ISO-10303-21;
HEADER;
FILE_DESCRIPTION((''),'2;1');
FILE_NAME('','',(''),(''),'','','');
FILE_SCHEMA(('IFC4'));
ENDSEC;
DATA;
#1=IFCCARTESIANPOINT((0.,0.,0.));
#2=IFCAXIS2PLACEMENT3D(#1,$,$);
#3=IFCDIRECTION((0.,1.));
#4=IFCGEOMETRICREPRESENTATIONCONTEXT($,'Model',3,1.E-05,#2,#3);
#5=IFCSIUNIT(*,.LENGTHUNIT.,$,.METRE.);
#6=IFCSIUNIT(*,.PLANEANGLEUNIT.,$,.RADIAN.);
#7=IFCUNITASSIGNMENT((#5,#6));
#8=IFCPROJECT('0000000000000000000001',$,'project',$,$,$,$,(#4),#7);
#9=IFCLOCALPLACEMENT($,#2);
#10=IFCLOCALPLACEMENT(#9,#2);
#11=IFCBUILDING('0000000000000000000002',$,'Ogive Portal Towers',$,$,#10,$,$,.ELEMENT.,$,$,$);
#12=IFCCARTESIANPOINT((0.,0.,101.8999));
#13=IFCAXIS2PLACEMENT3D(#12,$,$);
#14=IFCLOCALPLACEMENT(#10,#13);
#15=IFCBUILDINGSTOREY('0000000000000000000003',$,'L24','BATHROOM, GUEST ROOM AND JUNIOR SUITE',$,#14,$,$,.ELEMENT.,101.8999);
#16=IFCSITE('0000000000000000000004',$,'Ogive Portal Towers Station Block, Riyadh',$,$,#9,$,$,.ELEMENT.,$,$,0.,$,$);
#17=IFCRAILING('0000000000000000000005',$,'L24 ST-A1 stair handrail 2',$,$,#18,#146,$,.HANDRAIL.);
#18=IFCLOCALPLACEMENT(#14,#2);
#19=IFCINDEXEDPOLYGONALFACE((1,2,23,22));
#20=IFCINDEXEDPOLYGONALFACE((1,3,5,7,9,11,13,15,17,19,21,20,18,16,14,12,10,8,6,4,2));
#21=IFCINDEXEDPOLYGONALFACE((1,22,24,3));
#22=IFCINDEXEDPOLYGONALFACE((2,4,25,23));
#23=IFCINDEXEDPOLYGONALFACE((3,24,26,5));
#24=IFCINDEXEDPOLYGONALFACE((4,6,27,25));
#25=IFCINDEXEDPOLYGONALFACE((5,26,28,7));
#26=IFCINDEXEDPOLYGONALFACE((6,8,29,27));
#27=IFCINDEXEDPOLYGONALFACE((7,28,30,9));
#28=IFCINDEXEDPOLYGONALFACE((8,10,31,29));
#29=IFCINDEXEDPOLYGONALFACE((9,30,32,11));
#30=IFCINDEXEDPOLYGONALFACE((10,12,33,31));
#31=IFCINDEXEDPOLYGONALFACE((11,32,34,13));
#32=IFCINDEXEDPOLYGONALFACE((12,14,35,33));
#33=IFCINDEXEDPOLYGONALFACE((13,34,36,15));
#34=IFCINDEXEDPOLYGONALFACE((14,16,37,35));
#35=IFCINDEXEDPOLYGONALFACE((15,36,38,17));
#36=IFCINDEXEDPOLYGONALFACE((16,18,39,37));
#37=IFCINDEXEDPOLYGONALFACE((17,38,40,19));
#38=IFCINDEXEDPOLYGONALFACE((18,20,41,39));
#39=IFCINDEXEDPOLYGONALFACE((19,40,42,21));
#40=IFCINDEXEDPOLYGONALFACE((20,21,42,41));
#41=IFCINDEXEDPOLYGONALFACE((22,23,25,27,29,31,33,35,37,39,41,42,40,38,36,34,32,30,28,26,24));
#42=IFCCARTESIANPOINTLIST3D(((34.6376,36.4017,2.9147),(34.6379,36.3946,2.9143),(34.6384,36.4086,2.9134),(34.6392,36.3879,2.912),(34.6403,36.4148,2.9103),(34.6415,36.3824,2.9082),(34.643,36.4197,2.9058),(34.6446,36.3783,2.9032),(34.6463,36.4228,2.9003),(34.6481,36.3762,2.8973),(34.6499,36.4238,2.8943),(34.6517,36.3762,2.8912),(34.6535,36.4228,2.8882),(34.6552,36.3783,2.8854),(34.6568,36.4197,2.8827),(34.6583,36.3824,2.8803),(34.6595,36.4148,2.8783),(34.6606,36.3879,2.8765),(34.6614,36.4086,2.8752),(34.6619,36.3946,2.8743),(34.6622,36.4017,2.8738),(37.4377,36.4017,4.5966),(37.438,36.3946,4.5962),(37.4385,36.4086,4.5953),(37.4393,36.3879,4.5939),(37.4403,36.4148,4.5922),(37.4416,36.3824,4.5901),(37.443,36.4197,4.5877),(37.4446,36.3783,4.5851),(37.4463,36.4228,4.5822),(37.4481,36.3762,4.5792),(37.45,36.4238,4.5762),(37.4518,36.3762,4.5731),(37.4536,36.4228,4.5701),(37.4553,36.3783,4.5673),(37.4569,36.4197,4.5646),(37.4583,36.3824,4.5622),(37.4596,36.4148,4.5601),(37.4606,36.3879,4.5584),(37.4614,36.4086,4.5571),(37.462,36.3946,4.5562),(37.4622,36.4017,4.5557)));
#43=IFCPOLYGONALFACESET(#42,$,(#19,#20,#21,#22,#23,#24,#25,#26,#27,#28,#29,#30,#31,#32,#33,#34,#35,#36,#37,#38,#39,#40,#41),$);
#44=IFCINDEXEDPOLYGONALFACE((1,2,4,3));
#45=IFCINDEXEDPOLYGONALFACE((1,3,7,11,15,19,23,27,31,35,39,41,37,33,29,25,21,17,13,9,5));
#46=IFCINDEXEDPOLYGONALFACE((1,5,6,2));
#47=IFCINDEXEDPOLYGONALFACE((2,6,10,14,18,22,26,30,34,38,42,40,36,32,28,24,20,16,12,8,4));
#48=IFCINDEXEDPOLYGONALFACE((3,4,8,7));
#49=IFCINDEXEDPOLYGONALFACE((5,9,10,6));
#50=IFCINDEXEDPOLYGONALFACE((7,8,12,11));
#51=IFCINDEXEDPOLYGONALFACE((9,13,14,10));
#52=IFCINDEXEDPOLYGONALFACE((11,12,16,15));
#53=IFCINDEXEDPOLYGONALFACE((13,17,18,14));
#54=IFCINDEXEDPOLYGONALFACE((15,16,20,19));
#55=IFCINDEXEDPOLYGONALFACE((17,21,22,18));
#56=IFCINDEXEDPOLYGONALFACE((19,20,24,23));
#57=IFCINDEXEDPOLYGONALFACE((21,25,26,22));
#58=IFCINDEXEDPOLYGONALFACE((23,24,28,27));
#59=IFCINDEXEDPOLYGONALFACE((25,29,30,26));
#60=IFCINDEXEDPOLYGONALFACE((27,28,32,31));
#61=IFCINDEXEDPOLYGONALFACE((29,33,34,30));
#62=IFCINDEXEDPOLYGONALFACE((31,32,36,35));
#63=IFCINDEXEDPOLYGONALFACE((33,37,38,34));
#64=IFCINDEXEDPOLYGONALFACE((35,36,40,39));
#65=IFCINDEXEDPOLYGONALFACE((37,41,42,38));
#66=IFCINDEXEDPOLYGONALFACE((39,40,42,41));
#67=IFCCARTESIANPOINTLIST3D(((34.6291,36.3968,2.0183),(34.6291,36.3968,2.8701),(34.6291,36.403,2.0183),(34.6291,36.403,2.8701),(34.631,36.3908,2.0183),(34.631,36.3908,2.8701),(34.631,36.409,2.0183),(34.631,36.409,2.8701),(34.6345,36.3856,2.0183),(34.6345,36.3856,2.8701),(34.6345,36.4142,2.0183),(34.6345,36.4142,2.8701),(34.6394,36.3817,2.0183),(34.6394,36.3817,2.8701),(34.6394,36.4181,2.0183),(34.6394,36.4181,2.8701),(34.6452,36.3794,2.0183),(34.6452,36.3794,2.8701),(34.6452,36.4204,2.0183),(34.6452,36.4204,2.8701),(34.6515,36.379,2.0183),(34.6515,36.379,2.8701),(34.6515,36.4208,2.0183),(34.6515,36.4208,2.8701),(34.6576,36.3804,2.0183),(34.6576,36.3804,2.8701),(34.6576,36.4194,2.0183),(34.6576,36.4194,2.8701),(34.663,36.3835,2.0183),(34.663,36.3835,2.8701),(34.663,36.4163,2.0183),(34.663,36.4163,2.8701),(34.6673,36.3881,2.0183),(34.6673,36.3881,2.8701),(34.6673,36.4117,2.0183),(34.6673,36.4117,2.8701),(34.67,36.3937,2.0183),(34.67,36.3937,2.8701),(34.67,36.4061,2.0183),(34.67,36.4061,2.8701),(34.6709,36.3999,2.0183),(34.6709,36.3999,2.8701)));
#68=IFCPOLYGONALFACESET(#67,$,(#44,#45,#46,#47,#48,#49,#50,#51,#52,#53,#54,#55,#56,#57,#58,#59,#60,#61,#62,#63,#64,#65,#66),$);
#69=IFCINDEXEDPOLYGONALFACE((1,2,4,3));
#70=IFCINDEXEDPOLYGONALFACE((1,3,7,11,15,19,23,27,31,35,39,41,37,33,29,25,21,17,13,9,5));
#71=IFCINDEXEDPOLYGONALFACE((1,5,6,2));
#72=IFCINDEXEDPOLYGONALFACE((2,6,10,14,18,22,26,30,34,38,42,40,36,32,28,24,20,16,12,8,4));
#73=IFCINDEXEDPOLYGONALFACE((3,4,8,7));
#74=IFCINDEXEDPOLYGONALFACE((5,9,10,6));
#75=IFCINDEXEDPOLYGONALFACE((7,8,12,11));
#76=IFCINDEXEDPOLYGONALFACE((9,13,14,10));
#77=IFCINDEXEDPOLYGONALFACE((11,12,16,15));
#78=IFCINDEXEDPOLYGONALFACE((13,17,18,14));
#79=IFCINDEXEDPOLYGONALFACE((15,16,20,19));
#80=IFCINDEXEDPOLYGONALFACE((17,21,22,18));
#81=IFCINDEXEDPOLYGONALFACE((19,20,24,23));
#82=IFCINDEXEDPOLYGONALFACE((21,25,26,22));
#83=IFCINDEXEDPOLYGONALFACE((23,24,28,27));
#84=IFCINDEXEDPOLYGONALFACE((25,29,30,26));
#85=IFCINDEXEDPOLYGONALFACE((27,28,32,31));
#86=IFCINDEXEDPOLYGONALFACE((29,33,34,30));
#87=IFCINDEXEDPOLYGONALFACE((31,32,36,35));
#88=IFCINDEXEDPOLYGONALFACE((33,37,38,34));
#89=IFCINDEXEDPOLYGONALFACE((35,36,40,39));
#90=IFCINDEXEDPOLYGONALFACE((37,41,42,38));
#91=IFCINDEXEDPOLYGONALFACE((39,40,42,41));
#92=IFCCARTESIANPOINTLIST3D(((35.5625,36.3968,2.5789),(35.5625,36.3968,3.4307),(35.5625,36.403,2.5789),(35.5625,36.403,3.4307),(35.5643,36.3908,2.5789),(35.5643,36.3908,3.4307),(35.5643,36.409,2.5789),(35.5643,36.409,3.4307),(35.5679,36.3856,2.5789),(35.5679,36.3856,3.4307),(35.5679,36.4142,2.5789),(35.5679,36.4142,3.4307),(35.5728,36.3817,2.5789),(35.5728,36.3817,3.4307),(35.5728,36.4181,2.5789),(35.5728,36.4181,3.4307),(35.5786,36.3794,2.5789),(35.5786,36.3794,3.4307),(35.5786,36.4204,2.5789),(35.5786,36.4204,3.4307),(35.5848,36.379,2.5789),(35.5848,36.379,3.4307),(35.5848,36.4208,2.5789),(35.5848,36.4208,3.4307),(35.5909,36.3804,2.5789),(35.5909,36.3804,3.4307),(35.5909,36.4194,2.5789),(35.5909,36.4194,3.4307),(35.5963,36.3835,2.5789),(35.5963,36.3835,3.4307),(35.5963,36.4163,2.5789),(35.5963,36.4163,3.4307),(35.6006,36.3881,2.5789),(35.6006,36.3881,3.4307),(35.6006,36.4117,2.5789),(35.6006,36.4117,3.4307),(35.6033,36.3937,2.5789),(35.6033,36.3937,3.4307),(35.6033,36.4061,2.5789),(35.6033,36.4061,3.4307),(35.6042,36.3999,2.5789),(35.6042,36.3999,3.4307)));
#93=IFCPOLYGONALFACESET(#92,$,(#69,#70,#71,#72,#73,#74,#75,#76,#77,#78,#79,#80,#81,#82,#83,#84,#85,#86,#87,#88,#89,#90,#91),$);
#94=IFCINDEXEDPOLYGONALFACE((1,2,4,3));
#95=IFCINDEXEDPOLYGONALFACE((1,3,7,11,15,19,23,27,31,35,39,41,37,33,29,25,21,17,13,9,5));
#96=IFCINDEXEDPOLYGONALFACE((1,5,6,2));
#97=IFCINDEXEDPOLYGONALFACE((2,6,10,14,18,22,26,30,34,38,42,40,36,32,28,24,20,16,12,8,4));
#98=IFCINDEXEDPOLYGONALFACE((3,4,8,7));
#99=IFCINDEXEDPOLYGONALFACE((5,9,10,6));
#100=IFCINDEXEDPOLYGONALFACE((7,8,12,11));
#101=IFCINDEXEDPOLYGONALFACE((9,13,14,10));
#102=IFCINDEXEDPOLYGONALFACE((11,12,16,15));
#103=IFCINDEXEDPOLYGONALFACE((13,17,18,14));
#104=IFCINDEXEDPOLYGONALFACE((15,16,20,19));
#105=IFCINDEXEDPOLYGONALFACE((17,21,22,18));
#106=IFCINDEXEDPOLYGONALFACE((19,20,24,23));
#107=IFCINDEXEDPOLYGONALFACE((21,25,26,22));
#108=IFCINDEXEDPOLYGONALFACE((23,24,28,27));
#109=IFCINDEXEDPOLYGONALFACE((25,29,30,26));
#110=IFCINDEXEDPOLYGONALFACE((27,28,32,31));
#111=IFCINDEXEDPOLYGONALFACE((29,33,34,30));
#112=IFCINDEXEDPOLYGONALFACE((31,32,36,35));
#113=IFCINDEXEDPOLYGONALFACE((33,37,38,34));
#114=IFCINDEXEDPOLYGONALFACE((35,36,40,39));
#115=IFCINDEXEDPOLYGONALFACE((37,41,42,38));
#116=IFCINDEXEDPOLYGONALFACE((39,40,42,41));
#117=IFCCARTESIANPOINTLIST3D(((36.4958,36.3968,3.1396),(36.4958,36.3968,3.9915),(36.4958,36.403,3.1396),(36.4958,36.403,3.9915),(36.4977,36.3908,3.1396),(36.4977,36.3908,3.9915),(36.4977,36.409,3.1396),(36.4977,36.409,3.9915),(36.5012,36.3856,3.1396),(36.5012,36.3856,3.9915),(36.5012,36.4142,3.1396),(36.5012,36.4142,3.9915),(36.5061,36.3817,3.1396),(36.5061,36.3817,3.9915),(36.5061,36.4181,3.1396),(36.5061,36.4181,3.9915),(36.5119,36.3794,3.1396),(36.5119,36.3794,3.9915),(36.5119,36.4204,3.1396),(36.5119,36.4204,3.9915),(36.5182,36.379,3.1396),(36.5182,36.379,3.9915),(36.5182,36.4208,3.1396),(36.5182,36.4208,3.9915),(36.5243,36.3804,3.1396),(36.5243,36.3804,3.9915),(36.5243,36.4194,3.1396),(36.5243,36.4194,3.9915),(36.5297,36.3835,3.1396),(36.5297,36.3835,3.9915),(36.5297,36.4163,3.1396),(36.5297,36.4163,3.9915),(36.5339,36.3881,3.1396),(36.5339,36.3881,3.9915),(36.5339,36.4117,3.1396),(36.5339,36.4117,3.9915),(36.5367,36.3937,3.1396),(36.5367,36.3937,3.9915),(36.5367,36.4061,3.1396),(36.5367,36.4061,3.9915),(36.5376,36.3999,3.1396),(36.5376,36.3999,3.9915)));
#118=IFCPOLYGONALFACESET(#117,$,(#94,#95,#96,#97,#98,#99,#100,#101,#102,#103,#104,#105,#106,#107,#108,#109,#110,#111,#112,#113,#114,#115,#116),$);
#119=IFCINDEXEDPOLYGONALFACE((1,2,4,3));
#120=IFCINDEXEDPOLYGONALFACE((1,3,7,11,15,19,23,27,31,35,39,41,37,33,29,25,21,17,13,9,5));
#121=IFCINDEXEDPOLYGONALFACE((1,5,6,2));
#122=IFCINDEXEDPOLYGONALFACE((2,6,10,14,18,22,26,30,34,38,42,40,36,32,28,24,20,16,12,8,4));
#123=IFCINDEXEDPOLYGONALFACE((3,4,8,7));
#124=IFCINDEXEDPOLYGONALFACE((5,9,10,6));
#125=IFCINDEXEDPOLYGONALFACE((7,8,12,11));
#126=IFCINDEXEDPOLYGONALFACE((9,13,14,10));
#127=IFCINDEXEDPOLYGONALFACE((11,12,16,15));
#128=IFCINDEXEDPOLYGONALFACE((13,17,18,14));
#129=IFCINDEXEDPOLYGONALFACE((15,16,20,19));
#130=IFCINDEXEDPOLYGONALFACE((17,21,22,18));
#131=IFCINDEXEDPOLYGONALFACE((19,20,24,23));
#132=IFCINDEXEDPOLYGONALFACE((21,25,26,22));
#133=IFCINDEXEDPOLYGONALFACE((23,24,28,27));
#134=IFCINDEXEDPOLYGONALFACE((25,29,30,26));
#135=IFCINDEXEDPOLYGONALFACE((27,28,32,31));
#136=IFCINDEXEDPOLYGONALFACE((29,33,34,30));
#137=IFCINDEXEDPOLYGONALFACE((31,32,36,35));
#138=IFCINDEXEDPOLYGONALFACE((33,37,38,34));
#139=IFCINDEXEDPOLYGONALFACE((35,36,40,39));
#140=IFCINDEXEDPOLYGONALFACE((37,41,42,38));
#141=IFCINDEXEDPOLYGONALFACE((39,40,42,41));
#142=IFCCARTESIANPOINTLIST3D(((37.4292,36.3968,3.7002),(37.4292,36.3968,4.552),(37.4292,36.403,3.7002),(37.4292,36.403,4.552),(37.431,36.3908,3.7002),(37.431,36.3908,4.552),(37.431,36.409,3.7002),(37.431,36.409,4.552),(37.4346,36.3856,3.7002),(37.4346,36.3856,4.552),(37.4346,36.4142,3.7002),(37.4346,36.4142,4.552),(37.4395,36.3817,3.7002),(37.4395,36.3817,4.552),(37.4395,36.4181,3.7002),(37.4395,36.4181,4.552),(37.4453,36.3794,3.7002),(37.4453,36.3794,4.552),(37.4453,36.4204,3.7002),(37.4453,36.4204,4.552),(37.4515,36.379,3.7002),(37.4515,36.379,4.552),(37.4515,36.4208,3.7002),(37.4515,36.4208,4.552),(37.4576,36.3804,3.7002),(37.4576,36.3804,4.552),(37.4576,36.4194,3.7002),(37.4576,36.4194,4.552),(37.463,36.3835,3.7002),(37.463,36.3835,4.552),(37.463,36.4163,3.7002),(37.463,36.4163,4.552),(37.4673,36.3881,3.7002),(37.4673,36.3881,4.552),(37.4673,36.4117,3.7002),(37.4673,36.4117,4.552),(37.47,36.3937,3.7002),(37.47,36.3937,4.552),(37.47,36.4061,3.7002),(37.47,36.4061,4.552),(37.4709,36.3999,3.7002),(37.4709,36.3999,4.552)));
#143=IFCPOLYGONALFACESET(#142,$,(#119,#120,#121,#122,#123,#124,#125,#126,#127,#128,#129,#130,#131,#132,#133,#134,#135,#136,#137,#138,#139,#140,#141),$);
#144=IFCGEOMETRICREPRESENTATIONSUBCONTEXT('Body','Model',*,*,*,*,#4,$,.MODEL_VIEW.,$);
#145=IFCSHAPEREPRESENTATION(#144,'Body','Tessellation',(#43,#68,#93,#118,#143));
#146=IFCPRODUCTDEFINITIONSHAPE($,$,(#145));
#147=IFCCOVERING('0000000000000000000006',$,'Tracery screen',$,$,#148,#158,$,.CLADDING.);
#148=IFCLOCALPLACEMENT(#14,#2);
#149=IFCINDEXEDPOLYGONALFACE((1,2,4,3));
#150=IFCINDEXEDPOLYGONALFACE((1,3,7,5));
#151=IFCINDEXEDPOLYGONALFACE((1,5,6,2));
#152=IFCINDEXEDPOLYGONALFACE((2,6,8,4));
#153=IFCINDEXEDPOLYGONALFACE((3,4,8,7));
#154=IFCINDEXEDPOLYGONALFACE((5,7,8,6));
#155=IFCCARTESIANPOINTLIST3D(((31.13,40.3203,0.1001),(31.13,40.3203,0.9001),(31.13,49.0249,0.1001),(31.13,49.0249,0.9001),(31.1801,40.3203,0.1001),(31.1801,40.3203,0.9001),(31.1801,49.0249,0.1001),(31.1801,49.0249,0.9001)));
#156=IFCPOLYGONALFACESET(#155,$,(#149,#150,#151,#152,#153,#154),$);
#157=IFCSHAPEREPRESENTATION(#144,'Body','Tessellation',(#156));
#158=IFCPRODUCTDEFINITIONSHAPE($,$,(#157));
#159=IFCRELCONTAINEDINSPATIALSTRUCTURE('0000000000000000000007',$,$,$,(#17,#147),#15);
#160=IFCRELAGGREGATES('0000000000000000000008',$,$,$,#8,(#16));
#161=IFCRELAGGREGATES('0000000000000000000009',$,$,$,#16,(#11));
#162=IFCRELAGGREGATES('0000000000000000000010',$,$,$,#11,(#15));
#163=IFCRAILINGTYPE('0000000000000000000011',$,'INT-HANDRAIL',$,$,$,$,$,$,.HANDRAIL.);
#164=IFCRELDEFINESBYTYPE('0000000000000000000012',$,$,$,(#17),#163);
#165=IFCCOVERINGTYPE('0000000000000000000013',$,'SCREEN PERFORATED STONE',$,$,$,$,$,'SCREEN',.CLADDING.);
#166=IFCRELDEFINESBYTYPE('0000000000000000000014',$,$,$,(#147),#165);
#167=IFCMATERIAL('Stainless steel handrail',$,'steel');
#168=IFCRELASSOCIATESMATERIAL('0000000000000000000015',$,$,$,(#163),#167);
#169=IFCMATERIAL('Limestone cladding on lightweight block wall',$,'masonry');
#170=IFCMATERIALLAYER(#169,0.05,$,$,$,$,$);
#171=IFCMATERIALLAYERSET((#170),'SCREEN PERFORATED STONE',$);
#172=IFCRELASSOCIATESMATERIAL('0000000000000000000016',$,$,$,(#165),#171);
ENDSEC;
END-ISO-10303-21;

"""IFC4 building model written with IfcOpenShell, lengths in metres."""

from ifc_helpers import new_model, si_unit, direction, frame, origin, origin_2d, place, context, subcontext, project, spatial, rectangle, circle, extrude, material, layer, layer_set, type_object, element, save


model = new_model("IFC4")

# Units and contexts
model_context = context("Model", 3, precision=1e-05, world=origin(), true_north=direction((0.0, 1.0)))
body_context = subcontext(model_context, "Body", "Model", "MODEL_VIEW")
ifc_project = project(units=[si_unit("LENGTHUNIT", "METRE"), si_unit("PLANEANGLEUNIT", "RADIAN")], contexts=[model_context])

# Site, building, storey
site_placement = place(None, origin())
site = spatial("IfcSite", under=ifc_project, at=site_placement, Name="Ogive Portal Towers Station Block, Riyadh", CompositionType="ELEMENT", RefElevation=0.0)
building_placement = place(site_placement, origin())
building = spatial("IfcBuilding", under=site, at=building_placement, Name="Ogive Portal Towers", CompositionType="ELEMENT")
storey_placement = place(building_placement, frame((0.0, 0.0, 101.8999)))
storey = spatial("IfcBuildingStorey", under=building, at=storey_placement, Name="L24", Description="BATHROOM, GUEST ROOM AND JUNIOR SUITE", CompositionType="ELEMENT", Elevation=101.8999)

# Shared definitions
ifc_material_1 = material(Name="Limestone cladding on lightweight block wall", Category="masonry")

# Railing
ifc_material_2 = material(Name="Stainless steel handrail", Category="steel")
railing_type_1 = type_object("IfcRailingType", Name="INT-HANDRAIL", PredefinedType="HANDRAIL", material=ifc_material_2)
railing_1_placement = place(storey_placement, frame((34.6499, 36.3999, 2.0183)))
element("IfcRailing", 1, at=railing_1_placement, inside=storey, type_object=railing_type_1, Name="L24 ST-A1 stair handrail 2", PredefinedType="HANDRAIL", context=body_context, shape_type="SweptSolid", body=[
    extrude(circle(Radius=0.0239, at=origin_2d()), frame((0.0, 0.0, 0.876), z_axis=(0.857242, 0.0, 0.514913), x_axis=(0.0, 1.0, 0.0)), (0.0, 0.0, 1.0), 3.2664),
    extrude(circle(Radius=0.021, at=origin_2d()), origin(), (0.0, 0.0, 1.0), 0.8518),
    extrude(circle(Radius=0.021, at=origin_2d()), frame((0.9333, 0.0, 0.5605)), (0.0, 0.0, 1.0), 0.8518),
    extrude(circle(Radius=0.021, at=origin_2d()), frame((1.8667, 0.0, 1.1213)), (0.0, 0.0, 1.0), 0.8518),
    extrude(circle(Radius=0.021, at=origin_2d()), frame((2.8, 0.0, 1.6819)), (0.0, 0.0, 1.0), 0.8518),
])

# Covering
ifc_layer_1 = layer(ifc_material_1, 0.05)
ifc_layer_set_1 = layer_set([ifc_layer_1], Name="SCREEN PERFORATED STONE")
covering_type = type_object("IfcCoveringType", Name="SCREEN PERFORATED STONE", ElementType="SCREEN", PredefinedType="CLADDING", material=ifc_layer_set_1)
covering_placement = place(storey_placement, frame((31.155, 44.6726, 0.1001), z_axis=(0.0, 0.0, 1.0), x_axis=(0.0, -1.0, 0.0)))
element("IfcCovering", 2, at=covering_placement, inside=storey, type_object=covering_type, Name="Tracery screen", PredefinedType="CLADDING", context=body_context, shape_type="SweptSolid", body=[
    extrude(rectangle(XDim=8.7046, YDim=0.05, at=origin_2d()), origin(), (0.0, 0.0, 1.0), 0.8),
])

save(model, "model.ifc")
